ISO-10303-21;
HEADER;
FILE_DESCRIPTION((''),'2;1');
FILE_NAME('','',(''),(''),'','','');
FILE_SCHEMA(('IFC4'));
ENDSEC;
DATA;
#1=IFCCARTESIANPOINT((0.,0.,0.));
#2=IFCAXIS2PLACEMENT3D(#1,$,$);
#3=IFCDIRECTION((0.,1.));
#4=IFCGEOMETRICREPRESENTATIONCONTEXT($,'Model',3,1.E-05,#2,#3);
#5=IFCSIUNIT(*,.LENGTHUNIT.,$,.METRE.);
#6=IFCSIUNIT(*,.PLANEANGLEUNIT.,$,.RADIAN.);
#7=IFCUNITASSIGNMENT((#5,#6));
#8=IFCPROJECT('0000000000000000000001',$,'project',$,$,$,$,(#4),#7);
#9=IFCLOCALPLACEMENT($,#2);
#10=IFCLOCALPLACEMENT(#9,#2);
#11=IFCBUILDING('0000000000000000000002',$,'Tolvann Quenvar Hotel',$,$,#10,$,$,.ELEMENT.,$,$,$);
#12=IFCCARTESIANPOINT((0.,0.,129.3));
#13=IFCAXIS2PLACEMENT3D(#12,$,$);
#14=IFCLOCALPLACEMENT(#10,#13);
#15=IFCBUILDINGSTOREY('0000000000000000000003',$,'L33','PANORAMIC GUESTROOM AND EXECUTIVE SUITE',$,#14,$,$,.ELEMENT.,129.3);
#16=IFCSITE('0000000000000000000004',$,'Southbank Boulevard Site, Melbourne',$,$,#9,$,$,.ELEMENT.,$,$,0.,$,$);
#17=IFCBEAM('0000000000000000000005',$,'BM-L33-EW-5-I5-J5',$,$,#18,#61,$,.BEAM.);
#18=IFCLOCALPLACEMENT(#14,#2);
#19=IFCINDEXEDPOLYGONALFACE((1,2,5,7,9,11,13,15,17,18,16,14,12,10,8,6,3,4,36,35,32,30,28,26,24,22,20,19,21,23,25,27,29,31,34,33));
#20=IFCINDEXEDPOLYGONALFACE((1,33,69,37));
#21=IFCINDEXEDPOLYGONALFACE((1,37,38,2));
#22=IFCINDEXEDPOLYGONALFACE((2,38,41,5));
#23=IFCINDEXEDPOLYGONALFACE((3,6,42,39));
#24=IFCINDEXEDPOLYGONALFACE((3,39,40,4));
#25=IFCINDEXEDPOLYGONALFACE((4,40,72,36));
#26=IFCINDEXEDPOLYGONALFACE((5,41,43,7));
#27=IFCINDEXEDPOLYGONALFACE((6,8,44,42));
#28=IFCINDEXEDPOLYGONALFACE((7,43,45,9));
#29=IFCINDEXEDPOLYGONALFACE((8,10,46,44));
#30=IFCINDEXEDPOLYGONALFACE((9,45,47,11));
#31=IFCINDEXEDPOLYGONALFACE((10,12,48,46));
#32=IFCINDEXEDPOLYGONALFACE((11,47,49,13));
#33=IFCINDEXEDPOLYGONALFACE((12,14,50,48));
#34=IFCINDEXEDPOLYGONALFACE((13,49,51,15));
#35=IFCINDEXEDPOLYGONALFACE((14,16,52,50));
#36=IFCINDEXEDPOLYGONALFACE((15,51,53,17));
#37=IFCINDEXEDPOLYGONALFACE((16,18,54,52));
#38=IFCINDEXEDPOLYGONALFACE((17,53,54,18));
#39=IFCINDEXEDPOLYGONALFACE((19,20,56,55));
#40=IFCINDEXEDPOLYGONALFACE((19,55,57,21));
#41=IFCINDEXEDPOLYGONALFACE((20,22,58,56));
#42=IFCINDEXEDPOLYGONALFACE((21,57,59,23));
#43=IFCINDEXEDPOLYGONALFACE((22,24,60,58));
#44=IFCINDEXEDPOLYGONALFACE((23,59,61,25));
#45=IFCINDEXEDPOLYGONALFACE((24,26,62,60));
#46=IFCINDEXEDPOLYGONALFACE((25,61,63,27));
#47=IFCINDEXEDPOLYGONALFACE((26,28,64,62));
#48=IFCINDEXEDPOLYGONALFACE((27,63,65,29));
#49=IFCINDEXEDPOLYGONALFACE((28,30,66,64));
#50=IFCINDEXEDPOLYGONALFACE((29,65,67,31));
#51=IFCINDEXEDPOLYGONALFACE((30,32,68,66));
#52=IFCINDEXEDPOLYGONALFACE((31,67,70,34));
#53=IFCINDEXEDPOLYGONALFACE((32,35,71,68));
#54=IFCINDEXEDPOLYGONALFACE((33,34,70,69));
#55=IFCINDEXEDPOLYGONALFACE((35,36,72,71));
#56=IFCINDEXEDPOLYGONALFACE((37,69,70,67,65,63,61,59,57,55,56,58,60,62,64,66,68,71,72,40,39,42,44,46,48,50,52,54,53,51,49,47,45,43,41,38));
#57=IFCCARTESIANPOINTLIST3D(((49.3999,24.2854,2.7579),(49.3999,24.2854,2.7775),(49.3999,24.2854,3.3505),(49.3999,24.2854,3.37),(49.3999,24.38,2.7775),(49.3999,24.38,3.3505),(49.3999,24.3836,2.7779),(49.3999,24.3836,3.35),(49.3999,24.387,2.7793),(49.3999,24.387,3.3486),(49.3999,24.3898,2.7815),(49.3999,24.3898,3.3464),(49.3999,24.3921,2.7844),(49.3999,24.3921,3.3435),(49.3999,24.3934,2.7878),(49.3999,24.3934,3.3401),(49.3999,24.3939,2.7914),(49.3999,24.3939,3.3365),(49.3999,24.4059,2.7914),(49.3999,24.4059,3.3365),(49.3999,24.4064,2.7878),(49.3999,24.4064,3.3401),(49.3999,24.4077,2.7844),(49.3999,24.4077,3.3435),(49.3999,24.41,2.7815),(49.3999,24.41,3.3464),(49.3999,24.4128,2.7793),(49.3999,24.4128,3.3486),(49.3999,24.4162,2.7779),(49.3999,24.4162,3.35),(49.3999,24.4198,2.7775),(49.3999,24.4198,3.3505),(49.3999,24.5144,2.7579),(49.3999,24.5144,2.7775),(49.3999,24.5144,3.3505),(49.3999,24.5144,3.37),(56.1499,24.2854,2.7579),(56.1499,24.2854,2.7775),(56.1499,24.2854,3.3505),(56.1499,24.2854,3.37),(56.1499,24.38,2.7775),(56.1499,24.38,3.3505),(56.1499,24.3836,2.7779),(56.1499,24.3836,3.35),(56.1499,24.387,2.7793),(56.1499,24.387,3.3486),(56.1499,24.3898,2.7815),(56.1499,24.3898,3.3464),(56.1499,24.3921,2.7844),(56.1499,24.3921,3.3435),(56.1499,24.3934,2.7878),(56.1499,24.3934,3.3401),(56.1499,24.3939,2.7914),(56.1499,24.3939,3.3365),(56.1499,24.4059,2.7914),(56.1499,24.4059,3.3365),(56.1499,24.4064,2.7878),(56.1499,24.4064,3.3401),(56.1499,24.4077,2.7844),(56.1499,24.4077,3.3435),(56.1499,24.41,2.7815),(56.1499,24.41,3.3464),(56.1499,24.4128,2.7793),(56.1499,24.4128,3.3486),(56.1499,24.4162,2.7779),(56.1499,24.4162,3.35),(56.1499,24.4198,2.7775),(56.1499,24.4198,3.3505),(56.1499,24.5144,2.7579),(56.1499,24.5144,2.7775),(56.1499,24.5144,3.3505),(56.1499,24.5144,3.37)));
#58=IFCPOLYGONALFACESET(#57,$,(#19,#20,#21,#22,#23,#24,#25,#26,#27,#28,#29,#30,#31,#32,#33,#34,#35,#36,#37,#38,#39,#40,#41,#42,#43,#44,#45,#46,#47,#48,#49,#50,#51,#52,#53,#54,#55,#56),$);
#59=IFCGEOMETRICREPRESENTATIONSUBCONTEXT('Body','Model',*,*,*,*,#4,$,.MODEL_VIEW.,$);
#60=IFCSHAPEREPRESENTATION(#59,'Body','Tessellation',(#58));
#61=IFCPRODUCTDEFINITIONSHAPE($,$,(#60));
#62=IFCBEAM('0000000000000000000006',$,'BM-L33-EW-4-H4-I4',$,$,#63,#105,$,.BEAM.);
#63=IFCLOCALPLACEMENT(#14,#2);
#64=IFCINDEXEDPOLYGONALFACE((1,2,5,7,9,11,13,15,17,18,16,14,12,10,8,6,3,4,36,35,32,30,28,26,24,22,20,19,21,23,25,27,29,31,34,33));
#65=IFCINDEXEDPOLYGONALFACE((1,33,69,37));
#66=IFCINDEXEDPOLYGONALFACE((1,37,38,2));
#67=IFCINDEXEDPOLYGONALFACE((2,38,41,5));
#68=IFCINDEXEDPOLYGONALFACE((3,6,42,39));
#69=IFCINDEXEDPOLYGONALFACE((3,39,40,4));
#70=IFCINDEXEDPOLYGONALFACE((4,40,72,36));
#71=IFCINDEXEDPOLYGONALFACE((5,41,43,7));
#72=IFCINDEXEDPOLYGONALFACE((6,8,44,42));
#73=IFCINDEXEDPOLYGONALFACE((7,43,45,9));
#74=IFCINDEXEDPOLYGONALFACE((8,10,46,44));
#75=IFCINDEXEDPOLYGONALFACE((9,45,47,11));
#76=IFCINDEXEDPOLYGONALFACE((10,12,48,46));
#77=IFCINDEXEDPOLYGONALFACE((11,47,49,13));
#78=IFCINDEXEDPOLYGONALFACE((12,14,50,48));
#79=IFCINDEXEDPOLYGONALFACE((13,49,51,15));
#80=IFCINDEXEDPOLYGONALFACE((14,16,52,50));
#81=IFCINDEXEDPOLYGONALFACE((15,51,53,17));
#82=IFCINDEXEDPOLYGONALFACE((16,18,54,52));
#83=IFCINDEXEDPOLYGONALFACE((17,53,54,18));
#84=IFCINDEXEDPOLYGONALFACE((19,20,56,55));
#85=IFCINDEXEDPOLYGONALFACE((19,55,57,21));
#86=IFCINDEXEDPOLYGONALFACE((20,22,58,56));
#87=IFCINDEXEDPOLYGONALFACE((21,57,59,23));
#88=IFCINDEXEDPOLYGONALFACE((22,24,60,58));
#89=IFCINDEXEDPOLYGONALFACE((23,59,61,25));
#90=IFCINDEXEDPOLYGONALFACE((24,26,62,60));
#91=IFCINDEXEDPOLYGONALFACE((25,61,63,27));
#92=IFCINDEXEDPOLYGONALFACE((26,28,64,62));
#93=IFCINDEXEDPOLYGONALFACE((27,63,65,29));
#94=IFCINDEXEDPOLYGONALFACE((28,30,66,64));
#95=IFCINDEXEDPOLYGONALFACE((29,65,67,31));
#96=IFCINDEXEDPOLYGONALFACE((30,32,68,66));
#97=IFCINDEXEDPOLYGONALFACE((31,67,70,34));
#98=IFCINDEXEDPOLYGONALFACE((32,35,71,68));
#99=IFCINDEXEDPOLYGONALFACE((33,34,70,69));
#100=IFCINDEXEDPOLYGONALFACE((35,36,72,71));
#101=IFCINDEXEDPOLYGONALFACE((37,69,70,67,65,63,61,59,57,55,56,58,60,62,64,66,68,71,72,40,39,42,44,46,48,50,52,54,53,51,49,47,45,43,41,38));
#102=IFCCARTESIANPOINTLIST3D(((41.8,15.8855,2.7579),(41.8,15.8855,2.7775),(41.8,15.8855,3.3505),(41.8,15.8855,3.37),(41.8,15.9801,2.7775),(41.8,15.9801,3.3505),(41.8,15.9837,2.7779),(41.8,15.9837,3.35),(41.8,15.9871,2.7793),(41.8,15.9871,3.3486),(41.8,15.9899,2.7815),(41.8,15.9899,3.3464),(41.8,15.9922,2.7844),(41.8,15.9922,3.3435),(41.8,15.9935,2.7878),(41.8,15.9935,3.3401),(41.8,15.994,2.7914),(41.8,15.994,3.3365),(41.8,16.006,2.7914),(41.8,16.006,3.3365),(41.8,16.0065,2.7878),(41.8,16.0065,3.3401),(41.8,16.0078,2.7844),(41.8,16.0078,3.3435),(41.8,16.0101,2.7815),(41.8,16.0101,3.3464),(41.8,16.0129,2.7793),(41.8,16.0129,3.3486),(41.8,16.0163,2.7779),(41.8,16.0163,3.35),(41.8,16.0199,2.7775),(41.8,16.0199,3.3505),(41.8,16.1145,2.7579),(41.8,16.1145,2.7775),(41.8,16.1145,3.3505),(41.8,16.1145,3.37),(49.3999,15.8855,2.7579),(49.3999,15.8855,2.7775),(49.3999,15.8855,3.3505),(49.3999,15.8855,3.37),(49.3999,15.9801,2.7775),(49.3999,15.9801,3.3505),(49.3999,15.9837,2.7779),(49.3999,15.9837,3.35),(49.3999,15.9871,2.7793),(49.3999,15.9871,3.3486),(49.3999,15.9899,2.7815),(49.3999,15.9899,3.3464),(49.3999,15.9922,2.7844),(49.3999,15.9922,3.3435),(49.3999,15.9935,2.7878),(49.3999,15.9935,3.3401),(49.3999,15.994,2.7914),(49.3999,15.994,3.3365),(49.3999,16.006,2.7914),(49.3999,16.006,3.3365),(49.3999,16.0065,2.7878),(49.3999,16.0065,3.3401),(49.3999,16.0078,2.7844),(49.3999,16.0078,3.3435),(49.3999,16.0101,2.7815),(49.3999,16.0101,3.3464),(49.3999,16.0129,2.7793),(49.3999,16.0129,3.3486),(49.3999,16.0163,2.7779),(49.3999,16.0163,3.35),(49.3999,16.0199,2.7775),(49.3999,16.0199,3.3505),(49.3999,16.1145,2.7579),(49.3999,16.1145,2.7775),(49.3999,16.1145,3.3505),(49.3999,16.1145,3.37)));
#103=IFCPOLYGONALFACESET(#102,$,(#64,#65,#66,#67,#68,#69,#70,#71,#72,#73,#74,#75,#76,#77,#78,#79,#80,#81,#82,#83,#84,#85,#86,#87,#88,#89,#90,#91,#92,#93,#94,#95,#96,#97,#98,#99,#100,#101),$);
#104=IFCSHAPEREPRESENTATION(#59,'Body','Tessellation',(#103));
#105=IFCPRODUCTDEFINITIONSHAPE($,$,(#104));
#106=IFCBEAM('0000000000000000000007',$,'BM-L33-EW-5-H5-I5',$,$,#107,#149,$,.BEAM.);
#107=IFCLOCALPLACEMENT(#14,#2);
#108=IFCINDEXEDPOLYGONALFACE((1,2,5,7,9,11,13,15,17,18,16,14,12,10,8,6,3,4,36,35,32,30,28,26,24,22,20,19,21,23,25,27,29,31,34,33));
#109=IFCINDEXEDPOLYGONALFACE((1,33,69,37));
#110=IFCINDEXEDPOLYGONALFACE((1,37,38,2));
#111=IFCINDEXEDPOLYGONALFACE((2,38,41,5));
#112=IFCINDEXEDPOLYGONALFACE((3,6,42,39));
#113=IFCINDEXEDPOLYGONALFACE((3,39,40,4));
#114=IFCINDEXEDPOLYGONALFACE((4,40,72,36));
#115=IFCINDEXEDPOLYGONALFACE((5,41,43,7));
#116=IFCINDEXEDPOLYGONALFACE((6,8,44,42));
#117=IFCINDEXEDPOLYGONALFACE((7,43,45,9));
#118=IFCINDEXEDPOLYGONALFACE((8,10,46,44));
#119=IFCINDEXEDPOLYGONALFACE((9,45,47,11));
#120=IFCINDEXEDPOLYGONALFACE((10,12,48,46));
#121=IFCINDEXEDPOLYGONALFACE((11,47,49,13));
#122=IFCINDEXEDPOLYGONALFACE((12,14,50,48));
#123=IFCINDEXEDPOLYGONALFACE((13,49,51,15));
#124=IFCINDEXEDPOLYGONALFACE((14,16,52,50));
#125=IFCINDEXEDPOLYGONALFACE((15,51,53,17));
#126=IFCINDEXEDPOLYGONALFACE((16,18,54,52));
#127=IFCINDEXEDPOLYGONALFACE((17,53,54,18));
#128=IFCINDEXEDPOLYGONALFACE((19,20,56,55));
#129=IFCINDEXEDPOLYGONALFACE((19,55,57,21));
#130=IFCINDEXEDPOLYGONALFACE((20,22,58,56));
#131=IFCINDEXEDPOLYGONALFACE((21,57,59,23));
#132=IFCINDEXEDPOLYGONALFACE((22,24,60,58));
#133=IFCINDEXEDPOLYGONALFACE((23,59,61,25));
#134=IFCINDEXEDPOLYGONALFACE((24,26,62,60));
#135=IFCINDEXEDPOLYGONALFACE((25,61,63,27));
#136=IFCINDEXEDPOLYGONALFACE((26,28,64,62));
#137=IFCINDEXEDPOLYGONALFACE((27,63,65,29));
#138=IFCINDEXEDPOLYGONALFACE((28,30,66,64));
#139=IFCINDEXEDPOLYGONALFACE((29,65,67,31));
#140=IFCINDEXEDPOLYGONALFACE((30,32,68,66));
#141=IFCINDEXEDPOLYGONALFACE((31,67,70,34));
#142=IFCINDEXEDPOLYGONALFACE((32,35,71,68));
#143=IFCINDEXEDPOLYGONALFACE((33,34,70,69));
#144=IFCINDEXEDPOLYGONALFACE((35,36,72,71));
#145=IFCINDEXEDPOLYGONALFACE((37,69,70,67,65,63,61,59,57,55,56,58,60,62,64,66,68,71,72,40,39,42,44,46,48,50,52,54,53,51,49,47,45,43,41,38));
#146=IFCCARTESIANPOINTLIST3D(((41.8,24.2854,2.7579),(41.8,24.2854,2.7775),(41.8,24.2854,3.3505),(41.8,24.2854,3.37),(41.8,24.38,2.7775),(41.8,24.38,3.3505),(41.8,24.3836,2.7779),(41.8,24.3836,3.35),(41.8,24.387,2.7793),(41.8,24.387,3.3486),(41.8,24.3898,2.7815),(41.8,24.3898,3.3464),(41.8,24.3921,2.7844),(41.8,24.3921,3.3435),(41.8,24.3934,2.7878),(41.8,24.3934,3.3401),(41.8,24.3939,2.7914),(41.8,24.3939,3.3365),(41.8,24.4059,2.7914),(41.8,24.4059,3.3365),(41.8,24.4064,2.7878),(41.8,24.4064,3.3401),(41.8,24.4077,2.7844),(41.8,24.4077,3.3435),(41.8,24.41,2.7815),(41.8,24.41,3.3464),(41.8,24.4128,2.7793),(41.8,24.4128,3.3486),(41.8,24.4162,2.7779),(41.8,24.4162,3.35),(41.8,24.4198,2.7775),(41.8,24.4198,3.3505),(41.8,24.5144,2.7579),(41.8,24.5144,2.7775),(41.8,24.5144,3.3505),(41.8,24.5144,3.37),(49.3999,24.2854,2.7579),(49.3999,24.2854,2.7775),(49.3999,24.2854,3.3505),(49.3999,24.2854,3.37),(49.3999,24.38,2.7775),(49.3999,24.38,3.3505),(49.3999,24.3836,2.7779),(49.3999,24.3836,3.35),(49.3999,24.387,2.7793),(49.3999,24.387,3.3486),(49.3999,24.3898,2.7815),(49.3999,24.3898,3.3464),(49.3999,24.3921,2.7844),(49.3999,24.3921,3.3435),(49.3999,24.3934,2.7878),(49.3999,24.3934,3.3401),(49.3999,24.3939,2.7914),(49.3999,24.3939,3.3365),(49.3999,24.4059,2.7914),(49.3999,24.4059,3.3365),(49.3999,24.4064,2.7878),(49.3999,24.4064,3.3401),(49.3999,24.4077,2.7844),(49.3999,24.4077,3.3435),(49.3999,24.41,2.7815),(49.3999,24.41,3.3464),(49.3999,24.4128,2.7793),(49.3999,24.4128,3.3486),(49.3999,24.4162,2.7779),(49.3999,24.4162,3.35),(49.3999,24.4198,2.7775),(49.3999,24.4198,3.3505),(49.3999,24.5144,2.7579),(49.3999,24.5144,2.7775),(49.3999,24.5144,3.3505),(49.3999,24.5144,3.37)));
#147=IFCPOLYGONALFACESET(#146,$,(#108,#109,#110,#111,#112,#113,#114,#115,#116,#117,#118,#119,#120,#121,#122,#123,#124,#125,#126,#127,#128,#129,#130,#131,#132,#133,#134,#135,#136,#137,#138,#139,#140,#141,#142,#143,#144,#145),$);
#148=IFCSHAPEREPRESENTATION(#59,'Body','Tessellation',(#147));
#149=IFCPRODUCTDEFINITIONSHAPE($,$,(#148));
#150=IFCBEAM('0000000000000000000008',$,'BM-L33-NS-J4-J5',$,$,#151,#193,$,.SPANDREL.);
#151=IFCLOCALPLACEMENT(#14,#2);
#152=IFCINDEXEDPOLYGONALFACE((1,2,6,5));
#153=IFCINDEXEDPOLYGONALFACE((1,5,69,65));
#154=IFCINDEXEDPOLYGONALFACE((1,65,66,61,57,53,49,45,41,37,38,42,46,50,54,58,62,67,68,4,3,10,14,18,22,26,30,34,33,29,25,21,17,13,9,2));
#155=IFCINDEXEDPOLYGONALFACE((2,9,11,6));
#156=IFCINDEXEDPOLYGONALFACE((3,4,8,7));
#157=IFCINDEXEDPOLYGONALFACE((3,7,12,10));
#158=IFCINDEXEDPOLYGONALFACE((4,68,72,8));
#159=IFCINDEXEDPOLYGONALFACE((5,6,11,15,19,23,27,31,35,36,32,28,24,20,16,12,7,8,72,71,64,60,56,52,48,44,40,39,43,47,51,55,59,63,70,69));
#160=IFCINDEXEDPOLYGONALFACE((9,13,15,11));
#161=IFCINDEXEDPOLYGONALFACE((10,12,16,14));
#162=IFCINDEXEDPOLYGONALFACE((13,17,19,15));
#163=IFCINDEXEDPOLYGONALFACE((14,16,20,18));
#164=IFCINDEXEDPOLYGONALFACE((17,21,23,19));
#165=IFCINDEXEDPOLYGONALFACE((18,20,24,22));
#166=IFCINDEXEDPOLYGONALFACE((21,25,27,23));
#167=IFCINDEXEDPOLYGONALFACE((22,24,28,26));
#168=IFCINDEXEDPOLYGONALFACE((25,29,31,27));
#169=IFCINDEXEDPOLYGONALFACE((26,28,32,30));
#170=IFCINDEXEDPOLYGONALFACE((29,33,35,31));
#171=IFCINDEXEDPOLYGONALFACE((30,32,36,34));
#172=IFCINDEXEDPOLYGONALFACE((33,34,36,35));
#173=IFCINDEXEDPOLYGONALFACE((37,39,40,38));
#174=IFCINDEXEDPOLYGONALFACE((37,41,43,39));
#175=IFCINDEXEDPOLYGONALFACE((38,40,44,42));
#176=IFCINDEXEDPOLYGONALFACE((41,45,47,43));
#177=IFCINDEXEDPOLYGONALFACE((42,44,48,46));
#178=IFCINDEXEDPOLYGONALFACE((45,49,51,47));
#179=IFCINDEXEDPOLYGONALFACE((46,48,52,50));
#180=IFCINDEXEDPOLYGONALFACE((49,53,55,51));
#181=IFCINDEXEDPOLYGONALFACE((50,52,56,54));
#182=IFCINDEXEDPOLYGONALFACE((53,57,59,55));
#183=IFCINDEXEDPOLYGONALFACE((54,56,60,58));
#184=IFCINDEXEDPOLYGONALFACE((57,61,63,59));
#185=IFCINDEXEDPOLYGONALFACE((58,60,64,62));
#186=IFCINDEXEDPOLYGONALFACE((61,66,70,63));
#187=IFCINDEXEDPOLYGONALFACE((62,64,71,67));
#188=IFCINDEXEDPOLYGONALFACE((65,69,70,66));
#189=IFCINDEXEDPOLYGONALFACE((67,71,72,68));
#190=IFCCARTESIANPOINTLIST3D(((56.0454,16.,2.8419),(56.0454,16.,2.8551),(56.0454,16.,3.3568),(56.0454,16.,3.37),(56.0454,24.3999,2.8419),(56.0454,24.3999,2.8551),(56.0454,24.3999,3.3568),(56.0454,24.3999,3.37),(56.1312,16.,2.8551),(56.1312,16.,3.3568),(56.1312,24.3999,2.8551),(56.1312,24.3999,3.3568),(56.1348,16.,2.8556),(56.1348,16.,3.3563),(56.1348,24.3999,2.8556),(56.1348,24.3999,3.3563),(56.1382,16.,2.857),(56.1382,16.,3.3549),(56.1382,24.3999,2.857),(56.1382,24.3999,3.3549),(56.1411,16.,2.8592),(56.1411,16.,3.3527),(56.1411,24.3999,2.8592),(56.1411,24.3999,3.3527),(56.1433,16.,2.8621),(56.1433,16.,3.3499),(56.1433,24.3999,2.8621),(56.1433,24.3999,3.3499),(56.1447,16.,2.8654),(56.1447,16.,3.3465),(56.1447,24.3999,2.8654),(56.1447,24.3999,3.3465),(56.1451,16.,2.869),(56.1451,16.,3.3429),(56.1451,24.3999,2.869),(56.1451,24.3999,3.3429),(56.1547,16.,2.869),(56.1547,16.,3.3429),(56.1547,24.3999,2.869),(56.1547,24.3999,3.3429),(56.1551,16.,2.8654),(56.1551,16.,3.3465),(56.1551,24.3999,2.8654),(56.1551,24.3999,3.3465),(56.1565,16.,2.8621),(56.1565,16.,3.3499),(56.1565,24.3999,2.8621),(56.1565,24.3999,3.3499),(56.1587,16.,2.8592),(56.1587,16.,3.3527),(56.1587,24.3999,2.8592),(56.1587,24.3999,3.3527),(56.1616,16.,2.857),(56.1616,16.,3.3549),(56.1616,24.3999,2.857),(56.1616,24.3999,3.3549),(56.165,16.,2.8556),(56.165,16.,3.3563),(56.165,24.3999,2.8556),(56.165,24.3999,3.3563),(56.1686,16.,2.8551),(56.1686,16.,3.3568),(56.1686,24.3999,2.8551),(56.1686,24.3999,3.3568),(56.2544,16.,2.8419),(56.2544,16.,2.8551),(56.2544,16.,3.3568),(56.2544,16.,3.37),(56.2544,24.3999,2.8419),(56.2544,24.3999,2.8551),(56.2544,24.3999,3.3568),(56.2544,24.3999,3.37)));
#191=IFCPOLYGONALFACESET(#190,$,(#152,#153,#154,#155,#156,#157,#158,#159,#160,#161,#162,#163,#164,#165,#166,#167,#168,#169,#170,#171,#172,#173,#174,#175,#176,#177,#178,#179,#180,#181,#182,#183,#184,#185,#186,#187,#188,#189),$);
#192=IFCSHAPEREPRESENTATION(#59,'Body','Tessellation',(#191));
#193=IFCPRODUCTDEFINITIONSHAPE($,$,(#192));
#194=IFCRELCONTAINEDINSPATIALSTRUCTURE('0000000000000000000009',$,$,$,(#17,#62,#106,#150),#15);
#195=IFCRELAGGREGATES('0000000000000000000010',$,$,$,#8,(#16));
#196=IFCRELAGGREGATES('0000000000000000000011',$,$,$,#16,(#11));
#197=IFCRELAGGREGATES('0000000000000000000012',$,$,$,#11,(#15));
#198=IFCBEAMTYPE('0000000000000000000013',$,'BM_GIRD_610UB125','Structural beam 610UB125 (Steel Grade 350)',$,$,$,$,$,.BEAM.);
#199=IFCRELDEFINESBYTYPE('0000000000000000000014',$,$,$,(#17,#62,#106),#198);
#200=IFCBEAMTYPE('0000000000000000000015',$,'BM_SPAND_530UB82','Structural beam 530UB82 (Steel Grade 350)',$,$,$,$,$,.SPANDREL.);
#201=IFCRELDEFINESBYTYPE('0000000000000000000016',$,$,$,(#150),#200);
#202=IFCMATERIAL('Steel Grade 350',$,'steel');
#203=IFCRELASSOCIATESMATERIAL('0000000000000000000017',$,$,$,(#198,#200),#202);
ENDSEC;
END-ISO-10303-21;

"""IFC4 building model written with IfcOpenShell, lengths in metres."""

from ifc_helpers import new_model, si_unit, direction, frame, origin, origin_2d, place, context, subcontext, project, spatial, i_section, extrude, source, transform, mapped, material, material_profile, profile_set, type_object, type_shapes, element, save


model = new_model("IFC4")

# Units and contexts
model_context = context("Model", 3, precision=1e-05, world=origin(), true_north=direction((0.0, 1.0)))
body_context = subcontext(model_context, "Body", "Model", "MODEL_VIEW")
ifc_project = project(units=[si_unit("LENGTHUNIT", "METRE"), si_unit("PLANEANGLEUNIT", "RADIAN")], contexts=[model_context])

# Site, building, storey
site_placement = place(None, origin())
site = spatial("IfcSite", under=ifc_project, at=site_placement, Name="Southbank Boulevard Site, Melbourne", CompositionType="ELEMENT", RefElevation=0.0)
building_placement = place(site_placement, origin())
building = spatial("IfcBuilding", under=site, at=building_placement, Name="Tolvann Quenvar Hotel", CompositionType="ELEMENT")
storey_placement = place(building_placement, frame((0.0, 0.0, 129.3)))
storey = spatial("IfcBuildingStorey", under=building, at=storey_placement, Name="L33", Description="PANORAMIC GUESTROOM AND EXECUTIVE SUITE", CompositionType="ELEMENT", Elevation=129.3)

# Shared definitions
ifc_material_1 = material(Name="Steel Grade 350", Category="steel")

# Beams
ifc_material_profile_1 = material_profile(ifc_material_1, i_section(OverallWidth=0.229, OverallDepth=0.6121, WebThickness=0.012, FlangeThickness=0.0195, FilletRadius=0.0139, at=origin_2d()), Name="610UB125")
ifc_profile_set_1 = profile_set([ifc_material_profile_1], Name="Steel Grade 350")
beam_type_1 = type_object("IfcBeamType", Name="BM_GIRD_610UB125", Description="Structural beam 610UB125 (Steel Grade 350)", PredefinedType="BEAM", material=ifc_profile_set_1)
shared_shape_1 = source(origin(), body_context, "Body", "SweptSolid", [
    extrude(i_section(OverallWidth=0.229, OverallDepth=0.6121, WebThickness=0.012, FlangeThickness=0.0195, FilletRadius=0.0139, at=origin_2d()), origin(), (0.0, 0.0, 1.0), 6.75),
])
for number, where, z_axis, x_axis, name in (
    (1, (49.3999, 24.3999, 3.064), (1.0, 0.0, 0.0), (0.0, 1.0, 0.0), "BM-L33-EW-5-I5-J5"),
):
    element("IfcBeam", number, at=place(storey_placement, frame(where, z_axis=z_axis, x_axis=x_axis)), inside=storey, type_object=beam_type_1, Name=name, PredefinedType="BEAM", context=body_context, shape_type="MappedRepresentation", body=[
        mapped(shared_shape_1, transform((0.0, 0.0, 0.0), x_axis=(1.0, 0.0, 0.0), y_axis=(0.0, 1.0, 0.0), z_axis=(0.0, 0.0, 1.0), scale=1.0)),
    ])
shared_shape_2 = source(origin(), body_context, "Body", "SweptSolid", [
    extrude(i_section(OverallWidth=0.229, OverallDepth=0.6121, WebThickness=0.012, FlangeThickness=0.0195, FilletRadius=0.0139, at=origin_2d()), origin(), (0.0, 0.0, 1.0), 7.5999),
])
type_shapes(beam_type_1, [shared_shape_1, shared_shape_2])
for number, where, z_axis, x_axis, name in (
    (2, (41.8, 16.0, 3.064), (1.0, 0.0, 0.0), (0.0, 1.0, 0.0), "BM-L33-EW-4-H4-I4"),
    (3, (41.8, 24.3999, 3.064), (1.0, 0.0, 0.0), (0.0, 1.0, 0.0), "BM-L33-EW-5-H5-I5"),
):
    element("IfcBeam", number, at=place(storey_placement, frame(where, z_axis=z_axis, x_axis=x_axis)), inside=storey, type_object=beam_type_1, Name=name, PredefinedType="BEAM", context=body_context, shape_type="MappedRepresentation", body=[
        mapped(shared_shape_2, transform((0.0, 0.0, 0.0), x_axis=(1.0, 0.0, 0.0), y_axis=(0.0, 1.0, 0.0), z_axis=(0.0, 0.0, 1.0), scale=1.0)),
    ])
ifc_material_profile_2 = material_profile(ifc_material_1, i_section(OverallWidth=0.209, OverallDepth=0.5281, WebThickness=0.0095, FlangeThickness=0.0132, FilletRadius=0.0139, at=origin_2d()), Name="530UB82")
ifc_profile_set_2 = profile_set([ifc_material_profile_2], Name="Steel Grade 350")
beam_type_2 = type_object("IfcBeamType", Name="BM_SPAND_530UB82", Description="Structural beam 530UB82 (Steel Grade 350)", PredefinedType="SPANDREL", material=ifc_profile_set_2)
shared_shape_3 = source(origin(), body_context, "Body", "SweptSolid", [
    extrude(i_section(OverallWidth=0.209, OverallDepth=0.5281, WebThickness=0.0095, FlangeThickness=0.0132, FilletRadius=0.0139, at=origin_2d()), origin(), (0.0, 0.0, 1.0), 8.3999),
])
type_shapes(beam_type_2, [shared_shape_3])
beam_1_placement = place(storey_placement, frame((56.1499, 16.0, 3.106), z_axis=(0.0, 1.0, 0.0), x_axis=(-1.0, 0.0, 0.0)))
element("IfcBeam", 4, at=beam_1_placement, inside=storey, type_object=beam_type_2, Name="BM-L33-NS-J4-J5", PredefinedType="SPANDREL", context=body_context, shape_type="MappedRepresentation", body=[
    mapped(shared_shape_3, transform((0.0, 0.0, 0.0), x_axis=(1.0, 0.0, 0.0), y_axis=(0.0, 1.0, 0.0), z_axis=(0.0, 0.0, 1.0), scale=1.0)),
])

save(model, "model.ifc")
